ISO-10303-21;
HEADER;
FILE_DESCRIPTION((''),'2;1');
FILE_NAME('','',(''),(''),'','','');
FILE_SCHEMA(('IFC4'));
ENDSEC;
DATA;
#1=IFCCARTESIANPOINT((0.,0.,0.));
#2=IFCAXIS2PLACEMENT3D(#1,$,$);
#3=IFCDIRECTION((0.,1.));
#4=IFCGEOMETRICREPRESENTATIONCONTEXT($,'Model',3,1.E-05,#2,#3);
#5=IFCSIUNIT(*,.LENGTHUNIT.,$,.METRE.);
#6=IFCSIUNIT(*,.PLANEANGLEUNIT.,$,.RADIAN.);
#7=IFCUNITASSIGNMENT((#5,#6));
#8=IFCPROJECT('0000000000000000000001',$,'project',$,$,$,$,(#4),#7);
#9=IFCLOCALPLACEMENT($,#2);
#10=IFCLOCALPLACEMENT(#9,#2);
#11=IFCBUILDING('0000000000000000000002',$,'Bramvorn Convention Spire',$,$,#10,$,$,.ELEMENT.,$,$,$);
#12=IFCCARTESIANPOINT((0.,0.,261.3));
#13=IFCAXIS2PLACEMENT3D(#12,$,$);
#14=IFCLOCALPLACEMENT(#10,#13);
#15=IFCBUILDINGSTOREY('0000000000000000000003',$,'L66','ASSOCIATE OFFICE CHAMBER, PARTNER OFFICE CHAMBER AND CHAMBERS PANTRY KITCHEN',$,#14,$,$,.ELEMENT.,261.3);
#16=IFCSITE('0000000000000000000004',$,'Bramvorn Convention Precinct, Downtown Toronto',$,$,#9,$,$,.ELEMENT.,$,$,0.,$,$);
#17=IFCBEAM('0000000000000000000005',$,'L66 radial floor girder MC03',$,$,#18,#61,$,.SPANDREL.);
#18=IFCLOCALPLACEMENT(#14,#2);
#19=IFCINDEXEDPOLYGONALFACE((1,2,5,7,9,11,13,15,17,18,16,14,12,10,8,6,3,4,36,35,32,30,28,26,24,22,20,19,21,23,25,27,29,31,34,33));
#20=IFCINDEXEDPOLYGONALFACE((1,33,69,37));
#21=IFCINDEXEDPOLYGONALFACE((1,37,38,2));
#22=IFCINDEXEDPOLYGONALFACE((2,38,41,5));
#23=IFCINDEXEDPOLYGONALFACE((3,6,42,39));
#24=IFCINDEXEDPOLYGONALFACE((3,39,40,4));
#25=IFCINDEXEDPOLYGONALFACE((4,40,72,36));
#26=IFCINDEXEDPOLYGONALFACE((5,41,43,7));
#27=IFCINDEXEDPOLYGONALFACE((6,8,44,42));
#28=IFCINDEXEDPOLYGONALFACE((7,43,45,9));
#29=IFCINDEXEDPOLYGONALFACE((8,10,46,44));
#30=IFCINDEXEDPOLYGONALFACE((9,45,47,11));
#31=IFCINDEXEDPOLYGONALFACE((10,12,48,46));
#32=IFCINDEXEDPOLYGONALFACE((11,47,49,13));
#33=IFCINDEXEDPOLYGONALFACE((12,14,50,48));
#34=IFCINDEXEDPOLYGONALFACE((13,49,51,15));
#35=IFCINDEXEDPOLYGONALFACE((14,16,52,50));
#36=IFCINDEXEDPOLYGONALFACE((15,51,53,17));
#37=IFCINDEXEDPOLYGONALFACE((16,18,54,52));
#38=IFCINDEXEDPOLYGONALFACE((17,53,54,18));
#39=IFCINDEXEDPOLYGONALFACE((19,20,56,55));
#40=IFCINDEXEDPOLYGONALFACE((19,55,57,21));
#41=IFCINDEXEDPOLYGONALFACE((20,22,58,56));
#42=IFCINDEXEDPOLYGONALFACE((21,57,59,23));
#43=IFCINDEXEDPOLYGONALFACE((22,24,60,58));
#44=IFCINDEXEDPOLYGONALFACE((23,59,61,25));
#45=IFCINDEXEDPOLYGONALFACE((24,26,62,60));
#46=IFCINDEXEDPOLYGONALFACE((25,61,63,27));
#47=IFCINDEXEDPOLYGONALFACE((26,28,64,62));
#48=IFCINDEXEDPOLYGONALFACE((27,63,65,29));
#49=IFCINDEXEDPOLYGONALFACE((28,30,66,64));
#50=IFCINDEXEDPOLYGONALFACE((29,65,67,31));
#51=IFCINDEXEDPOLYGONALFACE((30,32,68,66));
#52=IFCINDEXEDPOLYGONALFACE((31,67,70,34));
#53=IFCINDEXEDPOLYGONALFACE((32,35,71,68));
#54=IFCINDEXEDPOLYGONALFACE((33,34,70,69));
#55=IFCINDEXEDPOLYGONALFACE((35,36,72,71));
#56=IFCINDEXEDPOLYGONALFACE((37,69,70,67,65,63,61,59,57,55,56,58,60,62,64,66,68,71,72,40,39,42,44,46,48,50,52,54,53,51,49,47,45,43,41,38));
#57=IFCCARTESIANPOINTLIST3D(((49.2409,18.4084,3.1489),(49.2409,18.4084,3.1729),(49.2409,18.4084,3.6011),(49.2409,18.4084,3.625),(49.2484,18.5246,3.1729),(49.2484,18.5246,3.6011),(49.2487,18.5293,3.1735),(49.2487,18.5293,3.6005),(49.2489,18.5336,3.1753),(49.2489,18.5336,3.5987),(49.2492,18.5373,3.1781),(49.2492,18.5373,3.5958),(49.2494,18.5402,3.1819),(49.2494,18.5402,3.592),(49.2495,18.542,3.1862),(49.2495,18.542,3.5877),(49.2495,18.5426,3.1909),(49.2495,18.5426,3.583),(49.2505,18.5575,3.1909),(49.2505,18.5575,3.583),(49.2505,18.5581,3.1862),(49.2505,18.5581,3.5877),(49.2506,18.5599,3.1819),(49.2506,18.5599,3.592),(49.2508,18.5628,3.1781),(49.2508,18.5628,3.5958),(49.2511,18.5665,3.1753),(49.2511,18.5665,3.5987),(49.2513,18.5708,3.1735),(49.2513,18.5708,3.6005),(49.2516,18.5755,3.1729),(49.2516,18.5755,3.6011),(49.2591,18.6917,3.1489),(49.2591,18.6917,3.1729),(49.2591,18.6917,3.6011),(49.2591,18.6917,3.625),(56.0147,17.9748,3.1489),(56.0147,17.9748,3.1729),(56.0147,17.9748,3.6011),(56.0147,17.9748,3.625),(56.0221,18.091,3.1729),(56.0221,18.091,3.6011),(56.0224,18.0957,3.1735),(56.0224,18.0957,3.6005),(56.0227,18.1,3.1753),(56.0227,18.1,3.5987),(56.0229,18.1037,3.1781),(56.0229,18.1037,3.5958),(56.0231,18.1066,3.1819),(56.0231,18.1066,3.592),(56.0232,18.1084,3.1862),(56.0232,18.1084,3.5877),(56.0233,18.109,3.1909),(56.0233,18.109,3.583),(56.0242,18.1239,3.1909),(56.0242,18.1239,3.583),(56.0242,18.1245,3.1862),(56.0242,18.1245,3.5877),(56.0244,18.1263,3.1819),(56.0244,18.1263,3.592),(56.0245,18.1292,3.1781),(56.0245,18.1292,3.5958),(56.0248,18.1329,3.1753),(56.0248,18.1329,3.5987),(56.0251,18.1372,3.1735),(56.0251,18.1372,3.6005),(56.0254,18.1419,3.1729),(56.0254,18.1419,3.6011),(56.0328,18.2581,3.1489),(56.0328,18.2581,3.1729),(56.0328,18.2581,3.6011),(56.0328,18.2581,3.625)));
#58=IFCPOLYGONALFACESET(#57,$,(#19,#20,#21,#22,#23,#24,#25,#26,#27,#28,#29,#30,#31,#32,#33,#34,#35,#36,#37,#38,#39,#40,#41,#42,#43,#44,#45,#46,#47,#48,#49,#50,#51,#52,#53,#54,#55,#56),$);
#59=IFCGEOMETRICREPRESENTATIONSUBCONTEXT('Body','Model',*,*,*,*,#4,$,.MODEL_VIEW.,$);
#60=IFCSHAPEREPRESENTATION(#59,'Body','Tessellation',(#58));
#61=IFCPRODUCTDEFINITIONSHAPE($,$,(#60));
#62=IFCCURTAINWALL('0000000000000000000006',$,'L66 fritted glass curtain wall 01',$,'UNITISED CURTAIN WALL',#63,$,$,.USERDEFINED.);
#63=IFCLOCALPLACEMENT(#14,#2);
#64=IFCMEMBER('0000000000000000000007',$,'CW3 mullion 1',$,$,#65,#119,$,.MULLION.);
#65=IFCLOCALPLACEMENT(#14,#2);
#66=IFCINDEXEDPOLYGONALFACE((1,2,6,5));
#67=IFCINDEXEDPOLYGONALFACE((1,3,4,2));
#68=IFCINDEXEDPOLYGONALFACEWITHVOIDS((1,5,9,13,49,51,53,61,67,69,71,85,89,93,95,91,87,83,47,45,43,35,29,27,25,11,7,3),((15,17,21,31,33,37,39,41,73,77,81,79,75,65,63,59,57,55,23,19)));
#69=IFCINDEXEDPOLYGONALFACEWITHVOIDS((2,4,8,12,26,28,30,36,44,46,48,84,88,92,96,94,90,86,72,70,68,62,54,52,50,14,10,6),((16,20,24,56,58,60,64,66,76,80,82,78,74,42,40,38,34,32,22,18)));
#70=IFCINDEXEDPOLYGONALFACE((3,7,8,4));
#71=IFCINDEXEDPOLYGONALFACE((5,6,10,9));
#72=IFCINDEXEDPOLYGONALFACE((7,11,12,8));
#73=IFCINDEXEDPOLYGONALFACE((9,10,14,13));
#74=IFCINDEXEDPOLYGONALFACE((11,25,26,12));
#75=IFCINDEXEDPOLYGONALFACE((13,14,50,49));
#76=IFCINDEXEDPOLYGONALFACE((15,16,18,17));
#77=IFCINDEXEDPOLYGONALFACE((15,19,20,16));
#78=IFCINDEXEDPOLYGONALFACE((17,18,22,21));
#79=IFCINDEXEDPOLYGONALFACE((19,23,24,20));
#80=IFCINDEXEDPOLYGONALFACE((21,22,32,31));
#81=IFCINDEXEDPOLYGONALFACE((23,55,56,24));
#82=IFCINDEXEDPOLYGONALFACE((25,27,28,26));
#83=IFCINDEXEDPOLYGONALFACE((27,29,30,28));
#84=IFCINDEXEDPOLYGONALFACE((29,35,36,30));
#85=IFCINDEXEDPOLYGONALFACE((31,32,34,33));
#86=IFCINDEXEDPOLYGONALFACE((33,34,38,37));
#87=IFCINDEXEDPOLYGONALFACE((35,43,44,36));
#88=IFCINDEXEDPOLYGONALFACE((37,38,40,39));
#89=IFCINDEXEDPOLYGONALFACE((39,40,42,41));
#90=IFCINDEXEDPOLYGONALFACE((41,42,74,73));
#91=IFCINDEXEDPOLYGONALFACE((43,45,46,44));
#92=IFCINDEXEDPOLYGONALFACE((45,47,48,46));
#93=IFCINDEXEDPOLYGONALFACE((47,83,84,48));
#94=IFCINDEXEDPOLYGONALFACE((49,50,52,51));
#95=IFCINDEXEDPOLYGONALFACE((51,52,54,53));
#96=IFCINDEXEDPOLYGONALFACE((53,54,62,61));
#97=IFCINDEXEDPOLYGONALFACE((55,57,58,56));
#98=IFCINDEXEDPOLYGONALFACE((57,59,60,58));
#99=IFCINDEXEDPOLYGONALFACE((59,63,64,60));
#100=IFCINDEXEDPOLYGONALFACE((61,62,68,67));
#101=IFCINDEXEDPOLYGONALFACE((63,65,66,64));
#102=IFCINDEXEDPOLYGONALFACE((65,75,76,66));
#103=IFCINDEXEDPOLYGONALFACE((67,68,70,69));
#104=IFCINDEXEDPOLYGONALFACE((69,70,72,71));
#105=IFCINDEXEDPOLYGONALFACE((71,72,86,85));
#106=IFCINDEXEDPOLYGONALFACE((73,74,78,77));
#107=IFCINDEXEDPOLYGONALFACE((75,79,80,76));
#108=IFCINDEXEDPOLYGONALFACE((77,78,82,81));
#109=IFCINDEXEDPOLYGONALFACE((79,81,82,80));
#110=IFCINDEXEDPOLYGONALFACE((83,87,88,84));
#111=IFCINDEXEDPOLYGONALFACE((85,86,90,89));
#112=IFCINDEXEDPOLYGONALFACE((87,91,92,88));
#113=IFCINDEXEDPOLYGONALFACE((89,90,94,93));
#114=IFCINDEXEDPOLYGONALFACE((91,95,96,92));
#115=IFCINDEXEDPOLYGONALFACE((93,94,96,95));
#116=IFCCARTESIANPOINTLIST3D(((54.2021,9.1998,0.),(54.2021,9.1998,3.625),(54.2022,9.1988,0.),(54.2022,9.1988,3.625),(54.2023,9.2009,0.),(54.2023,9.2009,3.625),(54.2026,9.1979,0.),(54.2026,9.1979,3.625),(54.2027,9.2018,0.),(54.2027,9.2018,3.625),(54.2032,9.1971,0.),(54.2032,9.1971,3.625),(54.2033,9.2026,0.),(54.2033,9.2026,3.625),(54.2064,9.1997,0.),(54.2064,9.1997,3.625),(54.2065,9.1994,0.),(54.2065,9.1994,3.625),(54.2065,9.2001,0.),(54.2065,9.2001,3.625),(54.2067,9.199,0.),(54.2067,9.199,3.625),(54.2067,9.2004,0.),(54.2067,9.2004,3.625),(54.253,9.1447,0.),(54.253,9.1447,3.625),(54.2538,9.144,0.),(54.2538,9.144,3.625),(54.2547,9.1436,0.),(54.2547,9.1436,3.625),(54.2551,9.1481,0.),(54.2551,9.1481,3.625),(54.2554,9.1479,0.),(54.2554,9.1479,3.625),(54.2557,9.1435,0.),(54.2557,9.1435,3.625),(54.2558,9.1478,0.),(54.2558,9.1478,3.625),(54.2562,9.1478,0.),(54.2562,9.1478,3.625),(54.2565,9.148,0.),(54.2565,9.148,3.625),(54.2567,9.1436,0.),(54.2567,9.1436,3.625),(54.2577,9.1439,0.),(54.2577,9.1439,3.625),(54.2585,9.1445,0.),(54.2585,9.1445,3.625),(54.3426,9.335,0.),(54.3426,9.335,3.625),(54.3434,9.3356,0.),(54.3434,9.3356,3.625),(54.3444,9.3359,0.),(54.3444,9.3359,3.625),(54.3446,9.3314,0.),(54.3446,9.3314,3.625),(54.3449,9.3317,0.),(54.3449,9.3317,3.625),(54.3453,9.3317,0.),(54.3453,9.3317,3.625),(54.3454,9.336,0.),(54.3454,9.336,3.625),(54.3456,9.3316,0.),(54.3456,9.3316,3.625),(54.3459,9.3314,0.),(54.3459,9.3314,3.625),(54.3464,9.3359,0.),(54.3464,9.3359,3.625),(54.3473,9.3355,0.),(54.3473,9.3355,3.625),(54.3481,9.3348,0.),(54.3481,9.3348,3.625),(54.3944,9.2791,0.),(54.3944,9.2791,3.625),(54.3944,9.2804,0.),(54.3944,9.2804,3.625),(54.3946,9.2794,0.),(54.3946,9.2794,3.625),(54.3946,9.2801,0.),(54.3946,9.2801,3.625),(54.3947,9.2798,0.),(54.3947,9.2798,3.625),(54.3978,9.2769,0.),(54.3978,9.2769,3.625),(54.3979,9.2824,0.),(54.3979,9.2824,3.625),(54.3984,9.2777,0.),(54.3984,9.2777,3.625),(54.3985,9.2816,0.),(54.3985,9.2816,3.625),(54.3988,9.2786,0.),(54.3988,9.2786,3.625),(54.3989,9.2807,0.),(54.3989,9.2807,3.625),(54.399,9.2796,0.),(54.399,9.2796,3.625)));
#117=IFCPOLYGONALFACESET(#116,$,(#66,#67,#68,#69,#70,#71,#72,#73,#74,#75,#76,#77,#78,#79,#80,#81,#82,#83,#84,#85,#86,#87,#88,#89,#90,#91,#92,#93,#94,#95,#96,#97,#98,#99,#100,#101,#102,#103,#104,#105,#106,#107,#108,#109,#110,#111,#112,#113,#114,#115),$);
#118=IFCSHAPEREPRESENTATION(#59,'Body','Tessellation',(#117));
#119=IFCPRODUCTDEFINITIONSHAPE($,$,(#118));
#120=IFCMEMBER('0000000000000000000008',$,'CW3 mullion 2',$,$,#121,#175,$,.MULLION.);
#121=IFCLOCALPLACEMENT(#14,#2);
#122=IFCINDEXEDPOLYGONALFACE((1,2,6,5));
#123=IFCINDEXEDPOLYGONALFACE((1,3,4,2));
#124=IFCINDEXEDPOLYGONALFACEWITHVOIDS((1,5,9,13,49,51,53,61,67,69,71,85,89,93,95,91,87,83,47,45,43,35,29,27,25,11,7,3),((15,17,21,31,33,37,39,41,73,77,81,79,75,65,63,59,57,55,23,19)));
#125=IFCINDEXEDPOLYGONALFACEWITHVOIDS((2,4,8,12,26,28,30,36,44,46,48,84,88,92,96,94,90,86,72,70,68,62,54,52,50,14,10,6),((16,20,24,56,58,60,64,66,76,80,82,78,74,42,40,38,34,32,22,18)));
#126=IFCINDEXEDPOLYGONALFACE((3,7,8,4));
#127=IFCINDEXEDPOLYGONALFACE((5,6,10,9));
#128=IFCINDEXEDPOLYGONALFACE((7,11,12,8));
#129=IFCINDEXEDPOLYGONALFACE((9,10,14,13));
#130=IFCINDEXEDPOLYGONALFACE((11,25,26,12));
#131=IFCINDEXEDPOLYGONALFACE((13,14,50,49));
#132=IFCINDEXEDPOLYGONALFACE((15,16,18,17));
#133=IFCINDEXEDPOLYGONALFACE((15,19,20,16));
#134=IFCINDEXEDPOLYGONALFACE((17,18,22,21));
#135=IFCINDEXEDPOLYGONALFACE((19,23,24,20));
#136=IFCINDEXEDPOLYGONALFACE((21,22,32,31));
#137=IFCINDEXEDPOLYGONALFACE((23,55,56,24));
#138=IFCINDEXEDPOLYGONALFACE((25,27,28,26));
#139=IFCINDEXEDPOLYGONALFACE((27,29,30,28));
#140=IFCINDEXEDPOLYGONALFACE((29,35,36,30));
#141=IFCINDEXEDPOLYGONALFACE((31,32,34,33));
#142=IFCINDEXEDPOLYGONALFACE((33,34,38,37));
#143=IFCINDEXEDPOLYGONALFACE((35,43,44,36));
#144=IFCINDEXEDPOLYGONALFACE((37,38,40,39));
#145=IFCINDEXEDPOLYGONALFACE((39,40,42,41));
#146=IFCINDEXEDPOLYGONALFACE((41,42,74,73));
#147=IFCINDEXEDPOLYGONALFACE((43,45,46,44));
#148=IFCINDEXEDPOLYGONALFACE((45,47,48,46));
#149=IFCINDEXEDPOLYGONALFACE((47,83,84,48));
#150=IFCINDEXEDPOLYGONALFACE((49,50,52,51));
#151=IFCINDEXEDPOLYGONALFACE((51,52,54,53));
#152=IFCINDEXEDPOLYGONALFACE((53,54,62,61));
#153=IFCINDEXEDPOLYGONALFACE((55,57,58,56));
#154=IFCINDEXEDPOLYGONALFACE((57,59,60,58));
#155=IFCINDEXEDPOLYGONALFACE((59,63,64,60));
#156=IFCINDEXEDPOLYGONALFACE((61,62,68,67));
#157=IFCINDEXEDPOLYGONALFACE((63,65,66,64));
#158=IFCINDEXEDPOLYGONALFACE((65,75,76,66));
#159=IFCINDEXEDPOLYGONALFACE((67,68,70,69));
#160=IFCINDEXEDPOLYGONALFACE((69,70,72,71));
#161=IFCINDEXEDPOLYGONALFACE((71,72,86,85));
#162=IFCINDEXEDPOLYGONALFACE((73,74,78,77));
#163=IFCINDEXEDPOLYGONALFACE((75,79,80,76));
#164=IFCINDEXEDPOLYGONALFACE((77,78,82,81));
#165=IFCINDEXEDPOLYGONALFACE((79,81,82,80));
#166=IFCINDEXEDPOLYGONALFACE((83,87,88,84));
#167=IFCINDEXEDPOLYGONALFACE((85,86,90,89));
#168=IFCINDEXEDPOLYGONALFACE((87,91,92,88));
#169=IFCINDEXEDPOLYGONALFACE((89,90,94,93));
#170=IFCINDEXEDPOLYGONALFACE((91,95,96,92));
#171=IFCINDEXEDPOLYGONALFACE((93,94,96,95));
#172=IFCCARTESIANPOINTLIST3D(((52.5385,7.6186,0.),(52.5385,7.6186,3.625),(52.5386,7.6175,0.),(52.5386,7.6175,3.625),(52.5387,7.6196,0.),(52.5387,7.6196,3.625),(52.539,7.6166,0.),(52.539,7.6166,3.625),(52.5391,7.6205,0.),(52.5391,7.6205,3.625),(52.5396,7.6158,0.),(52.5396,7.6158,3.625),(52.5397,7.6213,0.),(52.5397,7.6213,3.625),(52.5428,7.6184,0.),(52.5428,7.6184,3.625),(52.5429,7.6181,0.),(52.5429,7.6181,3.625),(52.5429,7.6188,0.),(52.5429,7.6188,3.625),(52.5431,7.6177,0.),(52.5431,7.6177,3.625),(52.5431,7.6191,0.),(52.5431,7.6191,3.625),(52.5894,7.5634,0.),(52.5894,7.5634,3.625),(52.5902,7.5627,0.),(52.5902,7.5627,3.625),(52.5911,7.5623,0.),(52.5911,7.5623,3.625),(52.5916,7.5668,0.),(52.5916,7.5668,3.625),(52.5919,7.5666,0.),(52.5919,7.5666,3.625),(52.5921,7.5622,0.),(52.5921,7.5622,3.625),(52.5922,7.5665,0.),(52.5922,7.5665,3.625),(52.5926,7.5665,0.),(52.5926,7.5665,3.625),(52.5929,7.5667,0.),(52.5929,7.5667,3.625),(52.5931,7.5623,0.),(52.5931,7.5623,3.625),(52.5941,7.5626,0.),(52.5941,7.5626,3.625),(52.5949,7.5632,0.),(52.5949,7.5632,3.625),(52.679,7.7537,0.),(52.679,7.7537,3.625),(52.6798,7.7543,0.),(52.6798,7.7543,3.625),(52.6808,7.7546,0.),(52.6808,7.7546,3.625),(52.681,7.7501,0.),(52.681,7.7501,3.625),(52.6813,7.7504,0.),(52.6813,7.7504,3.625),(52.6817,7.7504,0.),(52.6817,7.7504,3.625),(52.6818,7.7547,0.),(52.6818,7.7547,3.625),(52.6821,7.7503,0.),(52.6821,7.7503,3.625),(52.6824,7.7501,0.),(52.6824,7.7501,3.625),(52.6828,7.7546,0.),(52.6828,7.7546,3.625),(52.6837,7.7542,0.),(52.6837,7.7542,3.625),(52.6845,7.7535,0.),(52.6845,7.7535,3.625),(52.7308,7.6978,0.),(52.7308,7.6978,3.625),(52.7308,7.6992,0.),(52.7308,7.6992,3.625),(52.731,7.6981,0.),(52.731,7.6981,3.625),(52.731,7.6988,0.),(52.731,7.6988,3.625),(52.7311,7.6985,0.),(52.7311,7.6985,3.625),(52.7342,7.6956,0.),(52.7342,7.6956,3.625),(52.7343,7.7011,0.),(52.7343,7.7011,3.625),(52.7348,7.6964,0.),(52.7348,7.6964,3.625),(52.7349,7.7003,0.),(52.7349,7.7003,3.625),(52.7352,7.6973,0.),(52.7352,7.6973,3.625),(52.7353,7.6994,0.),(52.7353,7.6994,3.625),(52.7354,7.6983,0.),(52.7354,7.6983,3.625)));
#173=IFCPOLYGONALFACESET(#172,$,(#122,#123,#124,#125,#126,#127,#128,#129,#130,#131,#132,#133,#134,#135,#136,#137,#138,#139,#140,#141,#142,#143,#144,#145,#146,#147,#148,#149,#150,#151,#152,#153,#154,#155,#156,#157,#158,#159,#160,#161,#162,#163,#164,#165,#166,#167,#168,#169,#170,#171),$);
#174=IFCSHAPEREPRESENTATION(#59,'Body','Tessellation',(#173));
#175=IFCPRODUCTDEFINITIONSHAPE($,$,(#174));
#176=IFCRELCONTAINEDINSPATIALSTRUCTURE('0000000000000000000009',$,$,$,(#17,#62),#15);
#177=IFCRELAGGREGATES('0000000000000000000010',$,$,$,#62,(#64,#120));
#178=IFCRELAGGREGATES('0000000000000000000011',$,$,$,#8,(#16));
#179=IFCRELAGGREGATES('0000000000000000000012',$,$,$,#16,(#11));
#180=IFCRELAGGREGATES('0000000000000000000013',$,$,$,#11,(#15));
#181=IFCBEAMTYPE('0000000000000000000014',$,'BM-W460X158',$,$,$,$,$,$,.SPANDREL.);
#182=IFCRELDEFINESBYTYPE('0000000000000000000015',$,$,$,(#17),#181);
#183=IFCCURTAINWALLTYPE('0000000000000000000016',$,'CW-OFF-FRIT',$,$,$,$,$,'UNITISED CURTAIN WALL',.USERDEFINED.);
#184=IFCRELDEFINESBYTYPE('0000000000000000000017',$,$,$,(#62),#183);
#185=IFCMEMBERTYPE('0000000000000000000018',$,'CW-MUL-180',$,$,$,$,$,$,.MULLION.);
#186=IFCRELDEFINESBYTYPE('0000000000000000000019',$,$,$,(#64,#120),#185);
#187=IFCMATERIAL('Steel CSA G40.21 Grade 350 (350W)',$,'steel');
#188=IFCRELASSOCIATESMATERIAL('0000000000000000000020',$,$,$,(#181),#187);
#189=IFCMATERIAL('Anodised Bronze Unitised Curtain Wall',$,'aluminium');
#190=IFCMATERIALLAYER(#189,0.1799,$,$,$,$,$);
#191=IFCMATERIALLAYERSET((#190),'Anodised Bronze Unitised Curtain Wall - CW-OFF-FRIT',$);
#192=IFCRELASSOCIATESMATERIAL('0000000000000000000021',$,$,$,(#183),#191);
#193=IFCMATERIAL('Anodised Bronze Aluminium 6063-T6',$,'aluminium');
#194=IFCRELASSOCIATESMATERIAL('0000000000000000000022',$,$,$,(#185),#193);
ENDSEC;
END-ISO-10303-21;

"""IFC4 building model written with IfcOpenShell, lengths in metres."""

from ifc_helpers import new_model, si_unit, direction, frame, origin, origin_2d, place, context, subcontext, project, spatial, hollow_rectangle, i_section, extrude, material, layer, layer_set, material_profile, profile_set, type_object, element, aggregate, save


model = new_model("IFC4")

# Units and contexts
model_context = context("Model", 3, precision=1e-05, world=origin(), true_north=direction((0.0, 1.0)))
body_context = subcontext(model_context, "Body", "Model", "MODEL_VIEW")
ifc_project = project(units=[si_unit("LENGTHUNIT", "METRE"), si_unit("PLANEANGLEUNIT", "RADIAN")], contexts=[model_context])

# Site, building, storey
site_placement = place(None, origin())
site = spatial("IfcSite", under=ifc_project, at=site_placement, Name="Bramvorn Convention Precinct, Downtown Toronto", CompositionType="ELEMENT", RefElevation=0.0)
building_placement = place(site_placement, origin())
building = spatial("IfcBuilding", under=site, at=building_placement, Name="Bramvorn Convention Spire", CompositionType="ELEMENT")
storey_placement = place(building_placement, frame((0.0, 0.0, 261.3)))
storey = spatial("IfcBuildingStorey", under=building, at=storey_placement, Name="L66", Description="ASSOCIATE OFFICE CHAMBER, PARTNER OFFICE CHAMBER AND CHAMBERS PANTRY KITCHEN", CompositionType="ELEMENT", Elevation=261.3)

# Shared definitions
ifc_material_1 = material(Name="Steel CSA G40.21 Grade 350 (350W)", Category="steel")

# Beam
ifc_material_profile_1 = material_profile(ifc_material_1, i_section(OverallWidth=0.2839, OverallDepth=0.4761, WebThickness=0.0149, FlangeThickness=0.0239, FilletRadius=0.0181, at=origin_2d()))
ifc_profile_set_1 = profile_set([ifc_material_profile_1], Name="Steel CSA G40.21 Grade 350 (350W) - W460X158")
beam_type_1 = type_object("IfcBeamType", Name="BM-W460X158", PredefinedType="SPANDREL", material=ifc_profile_set_1)
beam_1_placement = place(storey_placement, frame((49.25, 18.55, 3.387), z_axis=(0.997958, -0.063881, 0.0), x_axis=(0.063881, 0.997958, 0.0)))
element("IfcBeam", 1, at=beam_1_placement, inside=storey, type_object=beam_type_1, Name="L66 radial floor girder MC03", PredefinedType="SPANDREL", context=body_context, shape_type="SweptSolid", body=[
    extrude(i_section(OverallWidth=0.2839, OverallDepth=0.4761, WebThickness=0.0149, FlangeThickness=0.0239, FilletRadius=0.0181, at=origin_2d()), origin(), (0.0, 0.0, 1.0), 6.7876),
])

# Curtain wall, members
ifc_material_2 = material(Name="Anodised Bronze Unitised Curtain Wall", Category="aluminium")
ifc_layer_1 = layer(ifc_material_2, 0.1799)
ifc_layer_set_1 = layer_set([ifc_layer_1], Name="Anodised Bronze Unitised Curtain Wall - CW-OFF-FRIT")
curtain_wall_type = type_object("IfcCurtainWallType", Name="CW-OFF-FRIT", ElementType="UNITISED CURTAIN WALL", PredefinedType="USERDEFINED", material=ifc_layer_set_1)
curtain_wall_1_placement = place(storey_placement, origin())
curtain_wall_1 = element("IfcCurtainWall", 2, at=curtain_wall_1_placement, inside=storey, type_object=curtain_wall_type, Name="L66 fritted glass curtain wall 01", ObjectType="UNITISED CURTAIN WALL", PredefinedType="USERDEFINED")
ifc_material_3 = material(Name="Anodised Bronze Aluminium 6063-T6", Category="aluminium")
ifc_material_profile_2 = material_profile(ifc_material_3, hollow_rectangle(XDim=0.0801, YDim=0.2, WallThickness=0.0039, InnerFilletRadius=0.001, OuterFilletRadius=0.0039, at=origin_2d()))
ifc_profile_set_2 = profile_set([ifc_material_profile_2], Name="Anodised Bronze Aluminium 6063-T6 - CWM80X200")
member_type_1 = type_object("IfcMemberType", Name="CW-MUL-180", PredefinedType="MULLION", material=ifc_profile_set_2)
member_1_placement = place(storey_placement, frame((54.3005, 9.2397, 0.0), z_axis=(0.0, 0.0, 1.0), x_axis=(0.688935, -0.724823, 0.0)))
member_1 = element("IfcMember", 3, at=member_1_placement, type_object=member_type_1, Name="CW3 mullion 1", PredefinedType="MULLION", context=body_context, shape_type="SweptSolid", body=[
    extrude(hollow_rectangle(XDim=0.0801, YDim=0.2, WallThickness=0.0039, InnerFilletRadius=0.001, OuterFilletRadius=0.0039, at=origin_2d()), origin(), (0.0, 0.0, 1.0), 3.625),
])
member_2_placement = place(storey_placement, frame((52.637, 7.6584, 0.0), z_axis=(0.0, 0.0, 1.0), x_axis=(0.688935, -0.724823, 0.0)))
member_2 = element("IfcMember", 4, at=member_2_placement, type_object=member_type_1, Name="CW3 mullion 2", PredefinedType="MULLION", context=body_context, shape_type="SweptSolid", body=[
    extrude(hollow_rectangle(XDim=0.0801, YDim=0.2, WallThickness=0.0039, InnerFilletRadius=0.001, OuterFilletRadius=0.0039, at=origin_2d()), origin(), (0.0, 0.0, 1.0), 3.625),
])

aggregate(curtain_wall_1, [member_1, member_2])

save(model, "model.ifc")
